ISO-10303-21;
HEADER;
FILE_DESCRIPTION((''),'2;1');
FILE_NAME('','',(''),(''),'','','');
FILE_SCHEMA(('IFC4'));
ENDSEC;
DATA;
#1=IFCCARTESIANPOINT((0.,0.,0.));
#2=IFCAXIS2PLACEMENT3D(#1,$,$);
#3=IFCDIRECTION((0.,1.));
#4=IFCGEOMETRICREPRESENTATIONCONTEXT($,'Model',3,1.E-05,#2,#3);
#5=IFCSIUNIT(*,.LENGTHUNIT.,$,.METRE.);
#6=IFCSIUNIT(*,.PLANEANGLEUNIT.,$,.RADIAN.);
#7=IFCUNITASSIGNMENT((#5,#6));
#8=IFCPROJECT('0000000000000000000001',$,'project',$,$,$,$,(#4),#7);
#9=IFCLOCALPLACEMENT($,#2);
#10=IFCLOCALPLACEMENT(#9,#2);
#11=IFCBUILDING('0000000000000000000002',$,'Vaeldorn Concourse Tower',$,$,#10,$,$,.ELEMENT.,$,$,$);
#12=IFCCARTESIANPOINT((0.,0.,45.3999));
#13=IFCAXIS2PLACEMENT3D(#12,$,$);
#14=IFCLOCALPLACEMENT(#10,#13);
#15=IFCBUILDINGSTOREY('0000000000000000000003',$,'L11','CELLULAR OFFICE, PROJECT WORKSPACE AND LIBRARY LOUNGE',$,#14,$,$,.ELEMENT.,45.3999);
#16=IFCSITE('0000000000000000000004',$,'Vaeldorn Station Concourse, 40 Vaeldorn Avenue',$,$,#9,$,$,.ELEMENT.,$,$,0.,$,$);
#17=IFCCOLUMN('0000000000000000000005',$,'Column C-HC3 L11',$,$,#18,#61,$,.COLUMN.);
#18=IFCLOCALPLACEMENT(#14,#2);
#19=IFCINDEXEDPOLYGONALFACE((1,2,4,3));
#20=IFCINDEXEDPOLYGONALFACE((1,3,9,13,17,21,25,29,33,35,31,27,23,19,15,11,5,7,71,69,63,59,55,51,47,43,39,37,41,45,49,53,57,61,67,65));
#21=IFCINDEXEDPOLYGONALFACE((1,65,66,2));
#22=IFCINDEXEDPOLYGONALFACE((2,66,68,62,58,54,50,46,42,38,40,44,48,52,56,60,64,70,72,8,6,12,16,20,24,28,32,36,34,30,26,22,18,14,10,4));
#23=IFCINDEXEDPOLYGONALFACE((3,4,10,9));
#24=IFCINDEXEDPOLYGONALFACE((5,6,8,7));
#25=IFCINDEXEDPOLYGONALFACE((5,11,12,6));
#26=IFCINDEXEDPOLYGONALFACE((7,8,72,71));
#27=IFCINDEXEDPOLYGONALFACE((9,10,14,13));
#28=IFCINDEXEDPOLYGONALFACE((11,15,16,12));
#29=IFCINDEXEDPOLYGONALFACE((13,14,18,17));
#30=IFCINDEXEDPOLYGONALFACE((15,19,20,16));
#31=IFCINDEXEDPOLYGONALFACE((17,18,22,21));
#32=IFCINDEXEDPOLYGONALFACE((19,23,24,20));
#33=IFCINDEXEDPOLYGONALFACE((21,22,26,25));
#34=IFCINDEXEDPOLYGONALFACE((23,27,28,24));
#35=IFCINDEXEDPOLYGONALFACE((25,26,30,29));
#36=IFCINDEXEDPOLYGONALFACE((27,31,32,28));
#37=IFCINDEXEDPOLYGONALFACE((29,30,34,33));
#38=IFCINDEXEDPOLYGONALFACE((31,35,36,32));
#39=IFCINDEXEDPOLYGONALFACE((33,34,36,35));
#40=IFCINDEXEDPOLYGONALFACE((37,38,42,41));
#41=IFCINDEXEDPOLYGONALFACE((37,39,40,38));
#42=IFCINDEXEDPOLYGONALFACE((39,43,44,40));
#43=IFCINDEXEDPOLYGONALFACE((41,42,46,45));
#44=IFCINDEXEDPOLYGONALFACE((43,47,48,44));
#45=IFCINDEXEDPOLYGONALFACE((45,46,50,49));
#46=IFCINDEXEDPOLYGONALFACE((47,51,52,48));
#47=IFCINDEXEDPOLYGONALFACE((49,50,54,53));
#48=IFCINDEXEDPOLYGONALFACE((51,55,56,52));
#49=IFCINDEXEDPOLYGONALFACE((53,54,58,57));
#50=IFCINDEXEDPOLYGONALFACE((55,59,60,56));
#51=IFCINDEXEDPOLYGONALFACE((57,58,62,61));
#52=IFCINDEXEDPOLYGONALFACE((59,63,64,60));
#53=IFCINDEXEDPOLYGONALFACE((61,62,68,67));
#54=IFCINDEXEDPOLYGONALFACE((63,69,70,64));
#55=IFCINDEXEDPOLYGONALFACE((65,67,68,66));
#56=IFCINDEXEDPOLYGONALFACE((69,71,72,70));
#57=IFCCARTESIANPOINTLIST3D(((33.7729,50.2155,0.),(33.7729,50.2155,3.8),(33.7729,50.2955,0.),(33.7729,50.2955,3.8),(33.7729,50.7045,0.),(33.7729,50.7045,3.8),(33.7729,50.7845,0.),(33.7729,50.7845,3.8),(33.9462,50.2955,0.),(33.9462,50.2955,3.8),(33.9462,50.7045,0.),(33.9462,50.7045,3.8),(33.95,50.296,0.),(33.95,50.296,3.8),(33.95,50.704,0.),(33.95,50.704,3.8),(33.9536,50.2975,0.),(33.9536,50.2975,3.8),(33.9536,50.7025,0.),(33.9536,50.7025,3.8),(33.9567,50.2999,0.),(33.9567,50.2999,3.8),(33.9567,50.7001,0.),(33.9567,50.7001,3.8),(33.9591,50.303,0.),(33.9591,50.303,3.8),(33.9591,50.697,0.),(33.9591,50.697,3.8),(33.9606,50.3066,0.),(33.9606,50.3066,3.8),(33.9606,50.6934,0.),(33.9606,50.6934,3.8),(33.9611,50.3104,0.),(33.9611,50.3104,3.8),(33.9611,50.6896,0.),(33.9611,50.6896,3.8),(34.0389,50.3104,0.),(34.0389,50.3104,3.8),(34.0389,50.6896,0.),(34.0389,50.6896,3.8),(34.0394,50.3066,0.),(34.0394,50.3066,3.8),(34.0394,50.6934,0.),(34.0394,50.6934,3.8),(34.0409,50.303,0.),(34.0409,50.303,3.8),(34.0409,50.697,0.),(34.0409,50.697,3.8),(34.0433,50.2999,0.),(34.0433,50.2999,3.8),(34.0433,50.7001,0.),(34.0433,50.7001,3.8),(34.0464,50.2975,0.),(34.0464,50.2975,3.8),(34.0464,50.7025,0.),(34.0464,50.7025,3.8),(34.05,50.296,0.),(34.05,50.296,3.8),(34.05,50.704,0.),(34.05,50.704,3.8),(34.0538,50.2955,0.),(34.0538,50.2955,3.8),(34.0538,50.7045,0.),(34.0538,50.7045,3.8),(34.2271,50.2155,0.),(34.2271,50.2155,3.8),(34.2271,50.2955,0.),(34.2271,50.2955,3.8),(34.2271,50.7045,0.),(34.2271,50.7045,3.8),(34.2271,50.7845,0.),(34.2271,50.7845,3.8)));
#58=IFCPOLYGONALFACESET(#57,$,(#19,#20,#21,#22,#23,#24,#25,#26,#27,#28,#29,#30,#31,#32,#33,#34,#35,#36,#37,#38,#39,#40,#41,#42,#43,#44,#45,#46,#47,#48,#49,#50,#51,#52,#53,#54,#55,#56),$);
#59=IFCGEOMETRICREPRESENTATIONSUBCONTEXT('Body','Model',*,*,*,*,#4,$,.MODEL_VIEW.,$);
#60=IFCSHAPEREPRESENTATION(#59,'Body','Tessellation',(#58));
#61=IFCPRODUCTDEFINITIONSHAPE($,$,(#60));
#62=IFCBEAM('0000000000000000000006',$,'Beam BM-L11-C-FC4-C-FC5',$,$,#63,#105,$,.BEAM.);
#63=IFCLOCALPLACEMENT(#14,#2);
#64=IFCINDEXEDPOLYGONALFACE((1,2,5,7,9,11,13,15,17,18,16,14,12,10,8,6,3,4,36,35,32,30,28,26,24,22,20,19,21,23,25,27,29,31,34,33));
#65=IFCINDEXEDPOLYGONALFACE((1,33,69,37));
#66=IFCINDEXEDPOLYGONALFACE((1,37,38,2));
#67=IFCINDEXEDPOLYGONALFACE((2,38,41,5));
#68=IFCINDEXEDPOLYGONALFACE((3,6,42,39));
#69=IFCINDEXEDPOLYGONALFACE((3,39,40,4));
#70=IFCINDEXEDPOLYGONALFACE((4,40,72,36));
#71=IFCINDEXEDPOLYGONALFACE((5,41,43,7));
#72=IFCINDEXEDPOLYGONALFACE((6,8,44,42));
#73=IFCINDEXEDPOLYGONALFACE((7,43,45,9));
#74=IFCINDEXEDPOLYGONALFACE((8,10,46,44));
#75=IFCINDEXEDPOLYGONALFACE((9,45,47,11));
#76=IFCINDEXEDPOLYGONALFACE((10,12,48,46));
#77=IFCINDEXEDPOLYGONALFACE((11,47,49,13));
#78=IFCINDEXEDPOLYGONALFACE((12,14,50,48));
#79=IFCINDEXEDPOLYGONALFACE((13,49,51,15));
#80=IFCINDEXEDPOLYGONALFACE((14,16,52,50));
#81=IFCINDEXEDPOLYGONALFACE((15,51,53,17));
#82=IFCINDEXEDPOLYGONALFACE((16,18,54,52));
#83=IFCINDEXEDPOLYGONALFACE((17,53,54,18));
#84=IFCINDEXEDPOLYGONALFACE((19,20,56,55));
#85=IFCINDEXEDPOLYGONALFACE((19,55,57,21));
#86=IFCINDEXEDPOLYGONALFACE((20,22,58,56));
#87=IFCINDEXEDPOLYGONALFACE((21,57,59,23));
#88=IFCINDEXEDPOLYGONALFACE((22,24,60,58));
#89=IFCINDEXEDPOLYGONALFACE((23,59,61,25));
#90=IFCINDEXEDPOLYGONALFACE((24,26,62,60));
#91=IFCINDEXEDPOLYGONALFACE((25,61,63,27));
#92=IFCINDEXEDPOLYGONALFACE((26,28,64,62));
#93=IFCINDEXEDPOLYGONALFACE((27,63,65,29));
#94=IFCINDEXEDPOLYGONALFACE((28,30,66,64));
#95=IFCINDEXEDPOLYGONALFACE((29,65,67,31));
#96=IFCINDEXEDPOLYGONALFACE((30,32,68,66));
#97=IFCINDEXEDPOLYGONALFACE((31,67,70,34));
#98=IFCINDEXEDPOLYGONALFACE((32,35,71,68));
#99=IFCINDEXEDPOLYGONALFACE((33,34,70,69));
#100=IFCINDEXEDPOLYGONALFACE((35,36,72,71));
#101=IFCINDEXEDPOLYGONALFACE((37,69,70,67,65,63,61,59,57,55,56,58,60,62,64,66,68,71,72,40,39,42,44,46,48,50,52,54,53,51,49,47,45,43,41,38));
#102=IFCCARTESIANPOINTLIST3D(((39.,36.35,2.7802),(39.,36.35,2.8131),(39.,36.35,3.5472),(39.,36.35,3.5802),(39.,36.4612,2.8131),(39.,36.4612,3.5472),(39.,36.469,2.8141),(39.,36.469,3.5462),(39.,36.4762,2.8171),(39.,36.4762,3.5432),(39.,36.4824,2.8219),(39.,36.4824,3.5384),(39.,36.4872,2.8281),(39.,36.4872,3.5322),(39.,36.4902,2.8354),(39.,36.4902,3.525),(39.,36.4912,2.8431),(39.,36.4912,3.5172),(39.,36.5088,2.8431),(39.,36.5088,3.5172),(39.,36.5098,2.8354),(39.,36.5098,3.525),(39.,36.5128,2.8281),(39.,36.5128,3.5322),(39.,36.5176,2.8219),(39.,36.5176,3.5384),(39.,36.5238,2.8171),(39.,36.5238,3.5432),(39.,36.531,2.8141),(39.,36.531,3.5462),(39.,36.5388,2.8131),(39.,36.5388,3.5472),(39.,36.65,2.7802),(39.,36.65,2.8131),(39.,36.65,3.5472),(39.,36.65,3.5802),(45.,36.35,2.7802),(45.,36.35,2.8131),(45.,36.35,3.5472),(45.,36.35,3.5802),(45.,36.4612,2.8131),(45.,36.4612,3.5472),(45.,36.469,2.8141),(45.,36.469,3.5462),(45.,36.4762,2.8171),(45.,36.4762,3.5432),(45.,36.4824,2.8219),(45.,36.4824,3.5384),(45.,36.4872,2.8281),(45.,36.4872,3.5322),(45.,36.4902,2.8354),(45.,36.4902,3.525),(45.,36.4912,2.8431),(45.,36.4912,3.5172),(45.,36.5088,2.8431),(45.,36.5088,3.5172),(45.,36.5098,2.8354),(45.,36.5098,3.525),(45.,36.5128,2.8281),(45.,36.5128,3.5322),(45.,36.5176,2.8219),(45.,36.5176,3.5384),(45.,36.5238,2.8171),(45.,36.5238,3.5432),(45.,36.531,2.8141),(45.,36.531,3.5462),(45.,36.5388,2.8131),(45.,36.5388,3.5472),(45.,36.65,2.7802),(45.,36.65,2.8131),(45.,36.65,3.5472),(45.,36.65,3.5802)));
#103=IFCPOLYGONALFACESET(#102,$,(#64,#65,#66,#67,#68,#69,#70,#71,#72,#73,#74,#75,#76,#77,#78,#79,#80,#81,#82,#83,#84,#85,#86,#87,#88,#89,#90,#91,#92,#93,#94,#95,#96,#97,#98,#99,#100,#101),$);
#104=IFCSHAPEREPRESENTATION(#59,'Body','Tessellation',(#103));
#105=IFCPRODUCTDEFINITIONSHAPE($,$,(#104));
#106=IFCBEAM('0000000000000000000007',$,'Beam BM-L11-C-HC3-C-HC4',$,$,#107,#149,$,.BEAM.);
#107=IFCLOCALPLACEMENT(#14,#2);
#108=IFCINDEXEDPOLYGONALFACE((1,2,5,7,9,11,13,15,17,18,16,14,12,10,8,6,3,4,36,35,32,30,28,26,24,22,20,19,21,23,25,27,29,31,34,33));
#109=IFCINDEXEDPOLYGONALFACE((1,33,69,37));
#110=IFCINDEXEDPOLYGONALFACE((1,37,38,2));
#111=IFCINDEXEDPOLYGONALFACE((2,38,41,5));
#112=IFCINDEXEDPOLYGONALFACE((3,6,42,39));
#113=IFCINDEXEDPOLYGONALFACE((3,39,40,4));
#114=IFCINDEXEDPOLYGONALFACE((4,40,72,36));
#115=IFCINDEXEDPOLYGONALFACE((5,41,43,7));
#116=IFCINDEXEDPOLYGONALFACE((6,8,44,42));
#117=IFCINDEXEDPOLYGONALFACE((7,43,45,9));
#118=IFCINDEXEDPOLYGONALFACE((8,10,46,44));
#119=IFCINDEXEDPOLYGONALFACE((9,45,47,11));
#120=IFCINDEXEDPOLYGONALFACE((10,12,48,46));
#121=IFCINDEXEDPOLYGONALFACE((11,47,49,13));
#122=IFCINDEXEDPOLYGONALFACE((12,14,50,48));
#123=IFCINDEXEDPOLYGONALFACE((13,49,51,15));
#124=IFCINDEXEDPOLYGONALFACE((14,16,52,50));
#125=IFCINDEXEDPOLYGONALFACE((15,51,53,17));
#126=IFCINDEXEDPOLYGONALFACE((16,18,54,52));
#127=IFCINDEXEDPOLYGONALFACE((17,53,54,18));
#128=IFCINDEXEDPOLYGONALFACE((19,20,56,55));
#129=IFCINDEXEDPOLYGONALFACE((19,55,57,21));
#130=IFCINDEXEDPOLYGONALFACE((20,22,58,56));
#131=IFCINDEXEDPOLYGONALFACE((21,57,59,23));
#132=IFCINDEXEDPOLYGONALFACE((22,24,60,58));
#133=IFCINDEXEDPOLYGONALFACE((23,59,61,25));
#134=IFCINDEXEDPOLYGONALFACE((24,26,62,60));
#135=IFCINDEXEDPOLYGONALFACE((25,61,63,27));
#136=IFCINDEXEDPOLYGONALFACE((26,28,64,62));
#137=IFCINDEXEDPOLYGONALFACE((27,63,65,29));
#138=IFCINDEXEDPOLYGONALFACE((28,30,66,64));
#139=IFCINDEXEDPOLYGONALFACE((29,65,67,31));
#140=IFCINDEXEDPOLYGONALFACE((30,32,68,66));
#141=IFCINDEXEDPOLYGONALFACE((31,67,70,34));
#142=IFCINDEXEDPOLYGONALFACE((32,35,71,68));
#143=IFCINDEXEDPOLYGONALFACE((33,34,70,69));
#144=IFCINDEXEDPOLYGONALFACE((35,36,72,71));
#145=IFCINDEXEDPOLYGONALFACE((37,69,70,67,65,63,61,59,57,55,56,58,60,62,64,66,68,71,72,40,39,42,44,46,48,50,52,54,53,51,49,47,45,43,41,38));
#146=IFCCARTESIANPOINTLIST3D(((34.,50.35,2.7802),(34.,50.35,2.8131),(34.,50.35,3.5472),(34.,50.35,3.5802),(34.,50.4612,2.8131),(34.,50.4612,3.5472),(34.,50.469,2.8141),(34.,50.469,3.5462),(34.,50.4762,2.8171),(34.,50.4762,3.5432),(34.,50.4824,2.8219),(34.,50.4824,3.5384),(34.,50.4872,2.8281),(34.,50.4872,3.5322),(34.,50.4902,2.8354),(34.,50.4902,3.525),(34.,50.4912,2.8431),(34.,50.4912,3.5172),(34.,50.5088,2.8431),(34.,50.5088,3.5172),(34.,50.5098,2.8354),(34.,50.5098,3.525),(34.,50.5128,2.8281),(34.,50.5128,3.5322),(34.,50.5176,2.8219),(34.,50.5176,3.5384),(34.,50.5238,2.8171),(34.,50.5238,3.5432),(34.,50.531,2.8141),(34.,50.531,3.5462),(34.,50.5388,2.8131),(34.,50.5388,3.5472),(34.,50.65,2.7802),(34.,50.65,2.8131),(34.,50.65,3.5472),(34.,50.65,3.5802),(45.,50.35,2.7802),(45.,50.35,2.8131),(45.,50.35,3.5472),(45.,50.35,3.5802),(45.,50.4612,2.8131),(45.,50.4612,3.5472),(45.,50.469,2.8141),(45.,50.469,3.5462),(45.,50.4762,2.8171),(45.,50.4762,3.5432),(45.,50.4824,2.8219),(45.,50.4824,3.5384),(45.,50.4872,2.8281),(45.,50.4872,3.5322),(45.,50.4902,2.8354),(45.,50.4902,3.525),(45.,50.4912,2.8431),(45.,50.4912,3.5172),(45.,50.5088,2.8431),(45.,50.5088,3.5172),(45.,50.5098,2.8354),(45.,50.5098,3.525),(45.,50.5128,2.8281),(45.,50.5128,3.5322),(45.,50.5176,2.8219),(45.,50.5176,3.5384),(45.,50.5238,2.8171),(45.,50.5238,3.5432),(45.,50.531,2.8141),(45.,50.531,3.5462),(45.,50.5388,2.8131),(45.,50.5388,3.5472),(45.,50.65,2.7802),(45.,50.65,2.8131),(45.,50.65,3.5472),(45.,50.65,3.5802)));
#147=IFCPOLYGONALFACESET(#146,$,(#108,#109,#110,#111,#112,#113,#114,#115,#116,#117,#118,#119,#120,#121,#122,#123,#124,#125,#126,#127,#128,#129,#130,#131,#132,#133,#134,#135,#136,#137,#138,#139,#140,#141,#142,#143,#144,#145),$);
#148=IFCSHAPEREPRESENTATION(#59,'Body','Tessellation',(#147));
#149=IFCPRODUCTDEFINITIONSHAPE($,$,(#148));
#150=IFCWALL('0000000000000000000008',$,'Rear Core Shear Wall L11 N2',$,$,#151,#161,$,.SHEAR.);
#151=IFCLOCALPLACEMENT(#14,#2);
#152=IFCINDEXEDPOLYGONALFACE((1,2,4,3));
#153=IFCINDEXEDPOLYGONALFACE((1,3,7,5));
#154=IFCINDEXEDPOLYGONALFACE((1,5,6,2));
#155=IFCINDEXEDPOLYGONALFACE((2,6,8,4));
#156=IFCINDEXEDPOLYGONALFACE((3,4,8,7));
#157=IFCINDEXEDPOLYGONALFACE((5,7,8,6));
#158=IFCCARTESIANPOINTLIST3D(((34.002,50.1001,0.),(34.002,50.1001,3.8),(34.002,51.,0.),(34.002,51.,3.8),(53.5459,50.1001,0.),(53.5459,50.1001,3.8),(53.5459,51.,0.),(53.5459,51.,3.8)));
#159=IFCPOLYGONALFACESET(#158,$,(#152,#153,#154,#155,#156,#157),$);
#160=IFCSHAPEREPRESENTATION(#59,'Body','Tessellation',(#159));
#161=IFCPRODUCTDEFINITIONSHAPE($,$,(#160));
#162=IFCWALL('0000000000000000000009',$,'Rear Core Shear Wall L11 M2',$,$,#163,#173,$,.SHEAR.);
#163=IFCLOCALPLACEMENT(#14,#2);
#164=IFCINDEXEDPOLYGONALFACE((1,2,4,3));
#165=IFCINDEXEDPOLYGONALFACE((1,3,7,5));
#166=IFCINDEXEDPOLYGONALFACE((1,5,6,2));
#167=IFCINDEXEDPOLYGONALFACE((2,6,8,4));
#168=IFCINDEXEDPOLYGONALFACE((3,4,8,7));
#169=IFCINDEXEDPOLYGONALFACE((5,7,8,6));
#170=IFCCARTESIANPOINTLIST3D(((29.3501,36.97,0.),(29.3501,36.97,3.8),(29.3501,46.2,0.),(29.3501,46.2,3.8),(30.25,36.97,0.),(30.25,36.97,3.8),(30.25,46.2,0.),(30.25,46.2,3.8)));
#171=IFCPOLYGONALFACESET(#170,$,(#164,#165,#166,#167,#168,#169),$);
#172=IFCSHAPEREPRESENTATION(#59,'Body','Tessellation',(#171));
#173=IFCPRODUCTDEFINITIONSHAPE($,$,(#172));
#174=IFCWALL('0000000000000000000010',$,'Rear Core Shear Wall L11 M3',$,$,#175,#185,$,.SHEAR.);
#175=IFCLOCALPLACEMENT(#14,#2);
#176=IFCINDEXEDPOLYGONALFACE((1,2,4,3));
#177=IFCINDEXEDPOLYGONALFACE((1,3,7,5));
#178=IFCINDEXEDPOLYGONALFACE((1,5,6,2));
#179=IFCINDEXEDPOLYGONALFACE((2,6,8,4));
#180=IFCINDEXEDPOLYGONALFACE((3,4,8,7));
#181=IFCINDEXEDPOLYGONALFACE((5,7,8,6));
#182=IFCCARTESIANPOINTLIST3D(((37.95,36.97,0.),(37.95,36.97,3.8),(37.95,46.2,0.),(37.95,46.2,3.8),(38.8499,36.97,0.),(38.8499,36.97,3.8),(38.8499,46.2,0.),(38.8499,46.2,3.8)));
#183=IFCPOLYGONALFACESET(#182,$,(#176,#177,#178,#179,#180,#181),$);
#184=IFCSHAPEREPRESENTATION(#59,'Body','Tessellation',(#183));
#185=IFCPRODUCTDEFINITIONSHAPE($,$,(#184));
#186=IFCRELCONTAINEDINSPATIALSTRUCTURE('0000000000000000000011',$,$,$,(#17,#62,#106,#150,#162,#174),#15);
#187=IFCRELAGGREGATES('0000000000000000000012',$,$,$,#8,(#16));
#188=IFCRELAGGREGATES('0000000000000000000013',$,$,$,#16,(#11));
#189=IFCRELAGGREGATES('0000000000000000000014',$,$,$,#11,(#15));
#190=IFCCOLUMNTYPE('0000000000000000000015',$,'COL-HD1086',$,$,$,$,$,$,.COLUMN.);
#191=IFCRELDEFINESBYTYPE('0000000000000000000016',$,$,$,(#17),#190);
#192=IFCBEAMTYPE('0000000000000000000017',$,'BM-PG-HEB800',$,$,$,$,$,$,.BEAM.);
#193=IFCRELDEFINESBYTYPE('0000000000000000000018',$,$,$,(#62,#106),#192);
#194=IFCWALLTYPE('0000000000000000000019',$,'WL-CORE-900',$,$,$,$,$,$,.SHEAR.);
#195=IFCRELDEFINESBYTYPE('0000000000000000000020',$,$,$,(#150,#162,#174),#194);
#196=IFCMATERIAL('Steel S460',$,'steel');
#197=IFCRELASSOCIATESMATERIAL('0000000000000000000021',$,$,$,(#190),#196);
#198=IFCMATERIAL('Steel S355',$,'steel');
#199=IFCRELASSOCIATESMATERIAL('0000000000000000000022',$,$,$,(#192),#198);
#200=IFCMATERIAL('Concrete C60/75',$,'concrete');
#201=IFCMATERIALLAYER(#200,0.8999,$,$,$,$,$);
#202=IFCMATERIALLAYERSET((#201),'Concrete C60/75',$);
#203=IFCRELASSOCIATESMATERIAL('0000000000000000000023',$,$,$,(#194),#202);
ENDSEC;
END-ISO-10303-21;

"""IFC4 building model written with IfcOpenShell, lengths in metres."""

from ifc_helpers import new_model, si_unit, direction, frame, frame_2d, origin, origin_2d, place, context, subcontext, project, spatial, rectangle, i_section, extrude, source, transform, mapped, material, layer, layer_set, material_profile, profile_set, type_object, element, save


model = new_model("IFC4")

# Units and contexts
model_context = context("Model", 3, precision=1e-05, world=origin(), true_north=direction((0.0, 1.0)))
body_context = subcontext(model_context, "Body", "Model", "MODEL_VIEW")
ifc_project = project(units=[si_unit("LENGTHUNIT", "METRE"), si_unit("PLANEANGLEUNIT", "RADIAN")], contexts=[model_context])

# Site, building, storey
site_placement = place(None, origin())
site = spatial("IfcSite", under=ifc_project, at=site_placement, Name="Vaeldorn Station Concourse, 40 Vaeldorn Avenue", CompositionType="ELEMENT", RefElevation=0.0)
building_placement = place(site_placement, origin())
building = spatial("IfcBuilding", under=site, at=building_placement, Name="Vaeldorn Concourse Tower", CompositionType="ELEMENT")
storey_placement = place(building_placement, frame((0.0, 0.0, 45.3999)))
storey = spatial("IfcBuildingStorey", under=building, at=storey_placement, Name="L11", Description="CELLULAR OFFICE, PROJECT WORKSPACE AND LIBRARY LOUNGE", CompositionType="ELEMENT", Elevation=45.3999)

# Column
ifc_material_1 = material(Name="Steel S460", Category="steel")
ifc_material_profile_1 = material_profile(ifc_material_1, i_section(OverallWidth=0.4541, OverallDepth=0.5691, WebThickness=0.0779, FlangeThickness=0.0801, FilletRadius=0.0149, at=origin_2d()), Name="HD 400x1086")
ifc_profile_set_1 = profile_set([ifc_material_profile_1], Name="Steel S460")
column_type = type_object("IfcColumnType", Name="COL-HD1086", PredefinedType="COLUMN", material=ifc_profile_set_1)
shared_shape_1 = source(origin(), body_context, "Body", "SweptSolid", [
    extrude(i_section(OverallWidth=0.4541, OverallDepth=0.5691, WebThickness=0.0779, FlangeThickness=0.0801, FilletRadius=0.0149, at=origin_2d()), origin(), (0.0, 0.0, 1.0), 3.8),
])
column_placement = place(storey_placement, frame((34.0, 50.5, 0.0), z_axis=(0.0, 0.0, 1.0), x_axis=(1.0, 0.0, 0.0)))
element("IfcColumn", 1, at=column_placement, inside=storey, type_object=column_type, Name="Column C-HC3 L11", PredefinedType="COLUMN", context=body_context, shape_type="MappedRepresentation", body=[
    mapped(shared_shape_1, transform((0.0, 0.0, 0.0), scale=1.0)),
])

# Beams
ifc_material_2 = material(Name="Steel S355", Category="steel")
ifc_material_profile_2 = material_profile(ifc_material_2, i_section(OverallWidth=0.3, OverallDepth=0.8, WebThickness=0.0176, FlangeThickness=0.033, FilletRadius=0.03, at=origin_2d()), Name="HEB 800")
ifc_profile_set_2 = profile_set([ifc_material_profile_2], Name="Steel S355")
beam_type = type_object("IfcBeamType", Name="BM-PG-HEB800", PredefinedType="BEAM", material=ifc_profile_set_2)
shared_shape_2 = source(origin(), body_context, "Body", "SweptSolid", [
    extrude(i_section(OverallWidth=0.3, OverallDepth=0.8, WebThickness=0.0176, FlangeThickness=0.033, FilletRadius=0.03, at=origin_2d()), origin(), (0.0, 0.0, 1.0), 6.0),
])
beam_1_placement = place(storey_placement, frame((39.0, 36.5, 3.1802), z_axis=(1.0, 0.0, 0.0), x_axis=(0.0, 1.0, 0.0)))
element("IfcBeam", 2, at=beam_1_placement, inside=storey, type_object=beam_type, Name="Beam BM-L11-C-FC4-C-FC5", PredefinedType="BEAM", context=body_context, shape_type="MappedRepresentation", body=[
    mapped(shared_shape_2, transform((0.0, 0.0, 0.0), scale=1.0)),
])
shared_shape_3 = source(origin(), body_context, "Body", "SweptSolid", [
    extrude(i_section(OverallWidth=0.3, OverallDepth=0.8, WebThickness=0.0176, FlangeThickness=0.033, FilletRadius=0.03, at=origin_2d()), origin(), (0.0, 0.0, 1.0), 11.0),
])
beam_2_placement = place(storey_placement, frame((34.0, 50.5, 3.1802), z_axis=(1.0, 0.0, 0.0), x_axis=(0.0, 1.0, 0.0)))
element("IfcBeam", 3, at=beam_2_placement, inside=storey, type_object=beam_type, Name="Beam BM-L11-C-HC3-C-HC4", PredefinedType="BEAM", context=body_context, shape_type="MappedRepresentation", body=[
    mapped(shared_shape_3, transform((0.0, 0.0, 0.0), scale=1.0)),
])

# Walls
ifc_material_3 = material(Name="Concrete C60/75", Category="concrete")
ifc_layer_1 = layer(ifc_material_3, 0.8999)
ifc_layer_set_1 = layer_set([ifc_layer_1], Name="Concrete C60/75")
wall_type_1 = type_object("IfcWallType", Name="WL-CORE-900", PredefinedType="SHEAR", material=ifc_layer_set_1)
wall_1_placement = place(storey_placement, frame((34.002, 50.55, 0.0), z_axis=(0.0, 0.0, 1.0), x_axis=(1.0, 0.0, 0.0)))
element("IfcWall", 4, at=wall_1_placement, inside=storey, type_object=wall_type_1, Name="Rear Core Shear Wall L11 N2", PredefinedType="SHEAR", context=body_context, shape_type="SweptSolid", body=[
    extrude(rectangle(XDim=19.5439, YDim=0.8999, at=frame_2d((9.772, 0.0))), origin(), (0.0, 0.0, 1.0), 3.8),
])
for number, where, z_axis, x_axis, name in (
    (5, (29.8, 36.97, 0.0), (0.0, 0.0, 1.0), (0.0, 1.0, 0.0), "Rear Core Shear Wall L11 M2"),
    (6, (38.3999, 36.97, 0.0), (0.0, 0.0, 1.0), (0.0, 1.0, 0.0), "Rear Core Shear Wall L11 M3"),
):
    element("IfcWall", number, at=place(storey_placement, frame(where, z_axis=z_axis, x_axis=x_axis)), inside=storey, type_object=wall_type_1, Name=name, PredefinedType="SHEAR", context=body_context, shape_type="SweptSolid", body=[
        extrude(rectangle(XDim=9.23, YDim=0.8999, at=frame_2d((4.615, 0.0))), origin(), (0.0, 0.0, 1.0), 3.8),
    ])

save(model, "model.ifc")
